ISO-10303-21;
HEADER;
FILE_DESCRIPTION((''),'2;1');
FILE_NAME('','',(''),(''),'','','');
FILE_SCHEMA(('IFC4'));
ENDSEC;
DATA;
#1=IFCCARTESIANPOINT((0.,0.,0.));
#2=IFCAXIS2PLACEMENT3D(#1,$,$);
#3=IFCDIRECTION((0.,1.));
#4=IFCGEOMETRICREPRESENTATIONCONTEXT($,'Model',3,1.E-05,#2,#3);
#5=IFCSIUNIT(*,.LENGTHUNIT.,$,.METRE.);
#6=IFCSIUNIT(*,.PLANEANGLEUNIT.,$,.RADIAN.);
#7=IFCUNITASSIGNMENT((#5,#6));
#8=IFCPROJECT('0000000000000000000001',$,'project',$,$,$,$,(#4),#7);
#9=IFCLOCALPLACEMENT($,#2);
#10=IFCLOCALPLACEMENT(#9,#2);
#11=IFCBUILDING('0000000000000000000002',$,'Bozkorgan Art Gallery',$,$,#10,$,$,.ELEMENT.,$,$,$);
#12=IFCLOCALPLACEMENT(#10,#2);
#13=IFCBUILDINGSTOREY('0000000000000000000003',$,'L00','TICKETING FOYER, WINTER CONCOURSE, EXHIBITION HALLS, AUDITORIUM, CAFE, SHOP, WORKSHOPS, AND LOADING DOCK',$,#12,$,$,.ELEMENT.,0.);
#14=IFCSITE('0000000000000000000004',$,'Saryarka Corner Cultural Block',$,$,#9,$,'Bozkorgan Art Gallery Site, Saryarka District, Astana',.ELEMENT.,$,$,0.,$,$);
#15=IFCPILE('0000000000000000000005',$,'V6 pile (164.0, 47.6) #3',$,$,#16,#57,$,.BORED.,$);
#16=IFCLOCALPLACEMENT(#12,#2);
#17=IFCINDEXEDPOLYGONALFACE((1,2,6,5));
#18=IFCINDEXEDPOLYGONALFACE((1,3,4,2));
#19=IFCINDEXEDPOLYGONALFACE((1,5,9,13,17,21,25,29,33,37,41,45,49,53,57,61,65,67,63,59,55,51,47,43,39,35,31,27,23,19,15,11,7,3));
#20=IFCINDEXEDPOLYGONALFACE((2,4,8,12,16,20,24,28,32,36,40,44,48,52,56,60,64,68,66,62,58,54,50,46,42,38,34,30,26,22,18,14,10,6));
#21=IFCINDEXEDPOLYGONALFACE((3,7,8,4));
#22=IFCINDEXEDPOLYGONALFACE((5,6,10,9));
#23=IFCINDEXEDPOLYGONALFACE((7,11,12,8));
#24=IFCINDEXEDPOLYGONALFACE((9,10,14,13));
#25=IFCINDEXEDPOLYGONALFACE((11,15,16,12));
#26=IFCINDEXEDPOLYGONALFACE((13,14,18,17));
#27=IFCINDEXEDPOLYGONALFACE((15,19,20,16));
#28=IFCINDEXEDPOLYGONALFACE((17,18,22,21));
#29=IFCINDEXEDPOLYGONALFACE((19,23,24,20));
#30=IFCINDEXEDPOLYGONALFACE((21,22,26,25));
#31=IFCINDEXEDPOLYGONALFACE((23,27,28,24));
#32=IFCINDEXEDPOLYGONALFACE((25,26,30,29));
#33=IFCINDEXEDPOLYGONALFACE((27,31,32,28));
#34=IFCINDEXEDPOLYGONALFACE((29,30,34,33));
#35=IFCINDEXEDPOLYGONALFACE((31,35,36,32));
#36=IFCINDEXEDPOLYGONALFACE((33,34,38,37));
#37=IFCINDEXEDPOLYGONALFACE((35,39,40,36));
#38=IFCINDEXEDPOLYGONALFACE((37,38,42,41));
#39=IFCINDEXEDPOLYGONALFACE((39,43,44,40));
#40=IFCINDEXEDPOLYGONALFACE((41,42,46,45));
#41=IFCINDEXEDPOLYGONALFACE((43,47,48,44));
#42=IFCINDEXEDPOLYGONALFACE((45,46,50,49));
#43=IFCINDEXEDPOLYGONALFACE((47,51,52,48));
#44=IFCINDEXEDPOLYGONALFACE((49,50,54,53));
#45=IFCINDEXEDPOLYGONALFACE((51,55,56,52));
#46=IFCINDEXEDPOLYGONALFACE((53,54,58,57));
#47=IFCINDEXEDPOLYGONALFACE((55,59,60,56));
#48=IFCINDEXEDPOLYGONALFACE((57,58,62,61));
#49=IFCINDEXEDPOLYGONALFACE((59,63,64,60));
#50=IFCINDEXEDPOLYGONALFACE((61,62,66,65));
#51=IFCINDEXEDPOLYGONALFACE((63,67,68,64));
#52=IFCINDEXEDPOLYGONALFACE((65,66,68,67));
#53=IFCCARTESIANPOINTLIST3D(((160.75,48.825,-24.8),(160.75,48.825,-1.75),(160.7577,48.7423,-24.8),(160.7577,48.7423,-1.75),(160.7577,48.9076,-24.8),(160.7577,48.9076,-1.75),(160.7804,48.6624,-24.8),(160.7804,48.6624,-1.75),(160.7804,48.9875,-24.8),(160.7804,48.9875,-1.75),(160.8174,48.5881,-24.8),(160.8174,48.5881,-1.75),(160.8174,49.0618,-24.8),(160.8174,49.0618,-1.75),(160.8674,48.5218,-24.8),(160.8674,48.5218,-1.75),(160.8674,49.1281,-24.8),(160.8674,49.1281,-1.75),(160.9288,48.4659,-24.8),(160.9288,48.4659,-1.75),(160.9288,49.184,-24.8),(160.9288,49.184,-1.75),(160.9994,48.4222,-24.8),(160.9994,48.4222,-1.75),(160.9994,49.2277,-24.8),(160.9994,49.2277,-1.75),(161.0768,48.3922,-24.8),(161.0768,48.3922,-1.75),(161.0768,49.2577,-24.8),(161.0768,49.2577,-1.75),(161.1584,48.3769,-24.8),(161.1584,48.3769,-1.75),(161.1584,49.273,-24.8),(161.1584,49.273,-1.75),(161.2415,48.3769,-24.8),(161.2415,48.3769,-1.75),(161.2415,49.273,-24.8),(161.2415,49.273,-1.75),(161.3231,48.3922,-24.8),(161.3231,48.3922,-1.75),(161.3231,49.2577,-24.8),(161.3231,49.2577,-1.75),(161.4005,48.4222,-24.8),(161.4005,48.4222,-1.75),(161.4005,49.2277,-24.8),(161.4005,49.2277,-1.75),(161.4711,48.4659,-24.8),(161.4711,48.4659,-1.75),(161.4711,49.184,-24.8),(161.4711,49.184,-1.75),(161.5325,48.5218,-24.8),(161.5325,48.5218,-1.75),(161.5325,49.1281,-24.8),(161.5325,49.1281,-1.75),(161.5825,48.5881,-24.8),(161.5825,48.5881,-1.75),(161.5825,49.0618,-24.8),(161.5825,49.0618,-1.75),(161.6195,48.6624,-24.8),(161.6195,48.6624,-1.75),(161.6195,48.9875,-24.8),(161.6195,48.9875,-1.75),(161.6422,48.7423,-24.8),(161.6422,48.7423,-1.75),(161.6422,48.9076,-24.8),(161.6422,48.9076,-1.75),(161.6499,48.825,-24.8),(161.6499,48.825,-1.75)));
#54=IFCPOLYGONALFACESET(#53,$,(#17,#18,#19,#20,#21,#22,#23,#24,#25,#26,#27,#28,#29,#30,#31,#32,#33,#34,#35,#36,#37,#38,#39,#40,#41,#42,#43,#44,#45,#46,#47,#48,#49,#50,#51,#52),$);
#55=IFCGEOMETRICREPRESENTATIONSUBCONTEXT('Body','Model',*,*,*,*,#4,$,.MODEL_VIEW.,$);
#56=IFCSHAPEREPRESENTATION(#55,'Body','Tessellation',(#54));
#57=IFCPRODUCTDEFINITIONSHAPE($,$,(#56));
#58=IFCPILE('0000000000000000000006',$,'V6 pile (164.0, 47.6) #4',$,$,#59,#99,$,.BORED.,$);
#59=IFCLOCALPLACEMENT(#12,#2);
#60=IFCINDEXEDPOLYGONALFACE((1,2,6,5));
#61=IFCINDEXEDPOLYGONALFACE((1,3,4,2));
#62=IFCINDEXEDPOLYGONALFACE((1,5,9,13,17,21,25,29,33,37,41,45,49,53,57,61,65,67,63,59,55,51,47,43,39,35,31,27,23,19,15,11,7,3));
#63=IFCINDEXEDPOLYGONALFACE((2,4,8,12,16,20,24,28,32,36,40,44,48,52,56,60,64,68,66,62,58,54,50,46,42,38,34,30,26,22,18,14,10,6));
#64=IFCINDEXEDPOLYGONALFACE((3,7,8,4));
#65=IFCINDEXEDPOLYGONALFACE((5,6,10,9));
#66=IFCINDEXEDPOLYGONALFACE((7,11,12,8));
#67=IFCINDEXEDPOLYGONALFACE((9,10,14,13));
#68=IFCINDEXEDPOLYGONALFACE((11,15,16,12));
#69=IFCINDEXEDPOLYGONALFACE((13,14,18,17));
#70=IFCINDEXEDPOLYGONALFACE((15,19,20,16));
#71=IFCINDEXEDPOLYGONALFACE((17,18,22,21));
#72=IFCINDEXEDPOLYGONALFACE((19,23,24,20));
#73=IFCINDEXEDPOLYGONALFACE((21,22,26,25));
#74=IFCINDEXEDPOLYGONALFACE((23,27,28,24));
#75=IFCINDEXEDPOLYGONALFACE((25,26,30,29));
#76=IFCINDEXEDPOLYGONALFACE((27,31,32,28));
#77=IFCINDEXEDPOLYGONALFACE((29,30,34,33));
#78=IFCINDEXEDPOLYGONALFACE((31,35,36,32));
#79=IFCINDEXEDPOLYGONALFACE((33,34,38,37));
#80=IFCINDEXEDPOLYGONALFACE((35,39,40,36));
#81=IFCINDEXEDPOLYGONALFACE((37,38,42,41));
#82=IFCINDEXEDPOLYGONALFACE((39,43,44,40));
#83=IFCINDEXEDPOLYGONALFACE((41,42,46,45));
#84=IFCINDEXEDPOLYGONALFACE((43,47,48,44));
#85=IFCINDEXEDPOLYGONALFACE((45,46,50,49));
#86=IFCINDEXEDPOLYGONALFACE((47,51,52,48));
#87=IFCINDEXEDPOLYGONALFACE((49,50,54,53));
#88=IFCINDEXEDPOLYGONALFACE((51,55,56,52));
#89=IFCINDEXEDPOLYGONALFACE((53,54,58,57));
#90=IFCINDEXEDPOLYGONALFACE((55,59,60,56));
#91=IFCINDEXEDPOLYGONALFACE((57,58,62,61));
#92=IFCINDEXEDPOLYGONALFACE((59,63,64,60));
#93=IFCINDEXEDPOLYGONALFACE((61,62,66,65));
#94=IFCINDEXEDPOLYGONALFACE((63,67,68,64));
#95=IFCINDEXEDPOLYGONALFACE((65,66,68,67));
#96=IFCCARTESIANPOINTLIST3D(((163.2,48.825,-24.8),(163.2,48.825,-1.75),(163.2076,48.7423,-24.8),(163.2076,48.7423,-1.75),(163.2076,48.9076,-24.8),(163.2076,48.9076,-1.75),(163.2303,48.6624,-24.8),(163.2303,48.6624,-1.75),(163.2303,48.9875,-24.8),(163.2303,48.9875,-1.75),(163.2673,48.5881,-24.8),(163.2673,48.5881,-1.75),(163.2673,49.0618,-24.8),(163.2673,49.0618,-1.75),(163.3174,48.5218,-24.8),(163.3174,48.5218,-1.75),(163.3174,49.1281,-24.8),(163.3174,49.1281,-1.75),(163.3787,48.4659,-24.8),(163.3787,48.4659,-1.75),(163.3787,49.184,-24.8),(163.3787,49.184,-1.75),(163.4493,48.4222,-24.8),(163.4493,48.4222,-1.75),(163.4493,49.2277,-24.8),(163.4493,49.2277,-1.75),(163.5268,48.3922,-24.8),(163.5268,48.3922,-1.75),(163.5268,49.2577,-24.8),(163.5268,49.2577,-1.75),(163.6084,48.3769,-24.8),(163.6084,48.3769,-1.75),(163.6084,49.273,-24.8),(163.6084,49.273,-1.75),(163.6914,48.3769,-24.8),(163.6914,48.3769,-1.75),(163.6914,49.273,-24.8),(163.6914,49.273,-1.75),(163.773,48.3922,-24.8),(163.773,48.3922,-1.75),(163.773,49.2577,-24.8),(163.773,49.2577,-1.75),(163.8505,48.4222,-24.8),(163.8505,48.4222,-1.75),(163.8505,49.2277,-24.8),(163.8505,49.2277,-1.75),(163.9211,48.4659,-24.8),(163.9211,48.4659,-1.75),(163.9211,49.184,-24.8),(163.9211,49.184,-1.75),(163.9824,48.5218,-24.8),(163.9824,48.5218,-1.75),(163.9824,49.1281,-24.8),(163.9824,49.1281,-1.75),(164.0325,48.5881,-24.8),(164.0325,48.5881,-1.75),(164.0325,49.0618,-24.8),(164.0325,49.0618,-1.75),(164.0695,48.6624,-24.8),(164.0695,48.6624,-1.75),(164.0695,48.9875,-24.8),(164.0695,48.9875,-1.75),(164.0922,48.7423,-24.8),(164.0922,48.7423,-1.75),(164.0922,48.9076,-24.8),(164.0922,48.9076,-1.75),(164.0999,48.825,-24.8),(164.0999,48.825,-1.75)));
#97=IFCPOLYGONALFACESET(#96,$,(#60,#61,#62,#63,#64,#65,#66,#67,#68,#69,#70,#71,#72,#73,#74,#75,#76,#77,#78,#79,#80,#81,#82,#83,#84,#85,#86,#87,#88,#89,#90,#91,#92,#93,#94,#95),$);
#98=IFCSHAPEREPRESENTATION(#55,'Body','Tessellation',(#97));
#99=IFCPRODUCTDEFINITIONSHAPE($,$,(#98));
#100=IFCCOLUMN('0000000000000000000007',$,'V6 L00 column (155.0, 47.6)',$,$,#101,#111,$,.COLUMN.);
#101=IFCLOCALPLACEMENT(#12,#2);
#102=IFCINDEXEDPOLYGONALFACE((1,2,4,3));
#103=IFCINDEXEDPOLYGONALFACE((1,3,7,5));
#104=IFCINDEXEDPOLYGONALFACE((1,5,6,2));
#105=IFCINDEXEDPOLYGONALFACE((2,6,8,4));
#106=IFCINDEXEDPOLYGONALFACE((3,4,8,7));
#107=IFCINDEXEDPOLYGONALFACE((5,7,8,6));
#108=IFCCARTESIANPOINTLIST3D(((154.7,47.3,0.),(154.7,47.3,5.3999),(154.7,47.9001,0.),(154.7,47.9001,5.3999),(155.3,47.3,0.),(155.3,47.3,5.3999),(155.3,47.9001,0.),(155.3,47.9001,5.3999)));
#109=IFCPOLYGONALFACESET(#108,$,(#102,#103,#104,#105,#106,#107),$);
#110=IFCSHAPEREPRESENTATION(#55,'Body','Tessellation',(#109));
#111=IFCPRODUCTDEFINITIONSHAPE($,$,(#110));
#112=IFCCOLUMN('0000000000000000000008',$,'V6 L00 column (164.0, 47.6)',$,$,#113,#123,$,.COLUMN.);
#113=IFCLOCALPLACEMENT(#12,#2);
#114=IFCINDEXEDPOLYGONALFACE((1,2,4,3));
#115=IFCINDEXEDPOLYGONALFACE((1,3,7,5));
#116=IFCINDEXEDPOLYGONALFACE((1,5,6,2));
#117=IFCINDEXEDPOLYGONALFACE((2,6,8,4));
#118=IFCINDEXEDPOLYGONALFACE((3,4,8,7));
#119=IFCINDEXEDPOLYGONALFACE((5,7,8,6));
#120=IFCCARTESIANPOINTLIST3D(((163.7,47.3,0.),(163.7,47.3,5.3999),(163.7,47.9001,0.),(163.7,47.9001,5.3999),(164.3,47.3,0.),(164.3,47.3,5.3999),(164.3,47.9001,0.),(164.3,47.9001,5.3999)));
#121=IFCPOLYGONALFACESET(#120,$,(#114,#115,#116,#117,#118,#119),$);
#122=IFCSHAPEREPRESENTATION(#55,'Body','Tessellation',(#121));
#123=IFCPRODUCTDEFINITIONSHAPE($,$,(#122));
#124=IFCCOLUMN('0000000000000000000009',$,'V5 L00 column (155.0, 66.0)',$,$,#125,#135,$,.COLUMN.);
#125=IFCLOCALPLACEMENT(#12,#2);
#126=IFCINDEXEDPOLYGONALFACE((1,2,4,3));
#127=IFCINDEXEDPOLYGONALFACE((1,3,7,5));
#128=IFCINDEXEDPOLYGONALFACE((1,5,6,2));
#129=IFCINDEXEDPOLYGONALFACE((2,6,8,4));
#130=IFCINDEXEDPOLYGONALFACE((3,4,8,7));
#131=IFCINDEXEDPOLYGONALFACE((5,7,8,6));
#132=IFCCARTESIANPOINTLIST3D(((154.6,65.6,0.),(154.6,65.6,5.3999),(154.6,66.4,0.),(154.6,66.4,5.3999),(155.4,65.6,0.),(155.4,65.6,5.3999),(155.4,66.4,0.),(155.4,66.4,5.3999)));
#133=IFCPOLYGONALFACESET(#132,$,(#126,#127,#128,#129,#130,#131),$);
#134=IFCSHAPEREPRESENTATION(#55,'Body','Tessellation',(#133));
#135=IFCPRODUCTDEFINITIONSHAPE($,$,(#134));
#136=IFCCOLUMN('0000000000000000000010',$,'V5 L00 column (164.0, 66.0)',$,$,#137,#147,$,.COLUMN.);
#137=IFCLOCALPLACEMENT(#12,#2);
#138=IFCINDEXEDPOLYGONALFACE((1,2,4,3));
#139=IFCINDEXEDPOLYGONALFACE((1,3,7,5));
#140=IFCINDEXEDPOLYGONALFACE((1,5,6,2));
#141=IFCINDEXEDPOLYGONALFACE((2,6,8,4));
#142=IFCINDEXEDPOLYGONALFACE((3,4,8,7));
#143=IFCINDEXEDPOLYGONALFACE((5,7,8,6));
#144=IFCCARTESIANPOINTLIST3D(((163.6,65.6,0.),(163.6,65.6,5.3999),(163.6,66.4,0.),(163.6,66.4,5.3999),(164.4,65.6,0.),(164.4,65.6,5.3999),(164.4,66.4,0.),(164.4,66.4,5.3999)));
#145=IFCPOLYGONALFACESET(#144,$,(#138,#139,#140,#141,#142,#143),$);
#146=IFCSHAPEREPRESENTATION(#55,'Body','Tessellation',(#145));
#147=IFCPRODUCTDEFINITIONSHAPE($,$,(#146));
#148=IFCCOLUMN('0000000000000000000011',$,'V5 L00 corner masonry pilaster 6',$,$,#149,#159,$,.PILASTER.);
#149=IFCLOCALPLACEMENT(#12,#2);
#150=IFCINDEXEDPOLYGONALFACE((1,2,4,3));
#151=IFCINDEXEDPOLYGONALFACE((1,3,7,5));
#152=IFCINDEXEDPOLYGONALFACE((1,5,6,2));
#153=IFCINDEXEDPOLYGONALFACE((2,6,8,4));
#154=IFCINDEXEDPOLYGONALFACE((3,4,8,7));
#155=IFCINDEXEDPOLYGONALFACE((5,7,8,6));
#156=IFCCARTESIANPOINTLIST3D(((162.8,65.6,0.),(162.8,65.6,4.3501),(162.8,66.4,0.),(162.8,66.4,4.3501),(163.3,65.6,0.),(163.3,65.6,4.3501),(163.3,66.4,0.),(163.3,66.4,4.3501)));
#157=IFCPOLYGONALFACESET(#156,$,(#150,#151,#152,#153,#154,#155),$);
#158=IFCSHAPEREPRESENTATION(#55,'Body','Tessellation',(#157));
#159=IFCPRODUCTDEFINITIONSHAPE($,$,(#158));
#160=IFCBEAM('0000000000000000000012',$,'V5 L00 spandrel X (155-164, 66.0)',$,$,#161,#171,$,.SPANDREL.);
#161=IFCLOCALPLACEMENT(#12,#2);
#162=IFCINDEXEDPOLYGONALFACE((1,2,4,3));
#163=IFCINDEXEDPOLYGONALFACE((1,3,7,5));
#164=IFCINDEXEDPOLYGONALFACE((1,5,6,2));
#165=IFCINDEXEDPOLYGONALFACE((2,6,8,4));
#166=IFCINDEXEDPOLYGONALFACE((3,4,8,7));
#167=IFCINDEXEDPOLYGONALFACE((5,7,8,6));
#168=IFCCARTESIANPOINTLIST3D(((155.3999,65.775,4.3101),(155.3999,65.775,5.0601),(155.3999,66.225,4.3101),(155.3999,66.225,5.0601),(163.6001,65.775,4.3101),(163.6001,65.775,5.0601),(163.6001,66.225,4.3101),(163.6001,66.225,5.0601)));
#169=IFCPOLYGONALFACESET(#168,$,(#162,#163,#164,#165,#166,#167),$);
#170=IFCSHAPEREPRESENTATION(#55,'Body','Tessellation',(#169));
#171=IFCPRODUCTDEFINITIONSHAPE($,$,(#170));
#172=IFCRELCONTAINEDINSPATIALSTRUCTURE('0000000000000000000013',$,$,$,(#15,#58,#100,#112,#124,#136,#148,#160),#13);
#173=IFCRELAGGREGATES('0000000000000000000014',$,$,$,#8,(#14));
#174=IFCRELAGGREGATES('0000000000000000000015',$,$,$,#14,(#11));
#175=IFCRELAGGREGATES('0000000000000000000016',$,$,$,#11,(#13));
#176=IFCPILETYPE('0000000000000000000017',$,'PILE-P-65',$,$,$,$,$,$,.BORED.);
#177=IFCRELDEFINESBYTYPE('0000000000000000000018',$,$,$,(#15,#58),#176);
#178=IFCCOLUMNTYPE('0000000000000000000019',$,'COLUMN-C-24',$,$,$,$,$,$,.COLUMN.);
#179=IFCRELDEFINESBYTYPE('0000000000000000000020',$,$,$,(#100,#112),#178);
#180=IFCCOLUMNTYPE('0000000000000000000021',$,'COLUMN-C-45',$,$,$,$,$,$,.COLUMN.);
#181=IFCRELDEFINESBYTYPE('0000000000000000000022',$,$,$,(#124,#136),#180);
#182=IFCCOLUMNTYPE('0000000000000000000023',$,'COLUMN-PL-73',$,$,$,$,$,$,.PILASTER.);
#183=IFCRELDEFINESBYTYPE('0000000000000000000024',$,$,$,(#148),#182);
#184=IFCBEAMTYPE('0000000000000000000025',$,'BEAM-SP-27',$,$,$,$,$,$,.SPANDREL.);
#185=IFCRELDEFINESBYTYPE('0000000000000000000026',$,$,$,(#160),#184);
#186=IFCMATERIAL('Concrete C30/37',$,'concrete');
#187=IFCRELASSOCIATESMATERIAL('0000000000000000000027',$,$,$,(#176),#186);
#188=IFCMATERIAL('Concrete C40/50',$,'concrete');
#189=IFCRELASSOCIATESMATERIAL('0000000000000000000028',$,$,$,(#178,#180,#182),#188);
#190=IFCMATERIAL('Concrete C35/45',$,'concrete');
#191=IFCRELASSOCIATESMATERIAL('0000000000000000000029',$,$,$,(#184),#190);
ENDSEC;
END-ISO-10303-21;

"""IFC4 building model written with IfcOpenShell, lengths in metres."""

from ifc_helpers import new_model, si_unit, direction, frame, origin, origin_2d, place, context, subcontext, project, spatial, rectangle, circle, extrude, material, material_profile, profile_set, type_object, element, save


model = new_model("IFC4")

# Units and contexts
model_context = context("Model", 3, precision=1e-05, world=origin(), true_north=direction((0.0, 1.0)))
body_context = subcontext(model_context, "Body", "Model", "MODEL_VIEW")
ifc_project = project(units=[si_unit("LENGTHUNIT", "METRE"), si_unit("PLANEANGLEUNIT", "RADIAN")], contexts=[model_context])

# Site, building, storey
site_placement = place(None, origin())
site = spatial("IfcSite", under=ifc_project, at=site_placement, Name="Saryarka Corner Cultural Block", LongName="Bozkorgan Art Gallery Site, Saryarka District, Astana", CompositionType="ELEMENT", RefElevation=0.0)
building_placement = place(site_placement, origin())
building = spatial("IfcBuilding", under=site, at=building_placement, Name="Bozkorgan Art Gallery", CompositionType="ELEMENT")
storey_placement = place(building_placement, origin())
storey = spatial("IfcBuildingStorey", under=building, at=storey_placement, Name="L00", Description="TICKETING FOYER, WINTER CONCOURSE, EXHIBITION HALLS, AUDITORIUM, CAFE, SHOP, WORKSHOPS, AND LOADING DOCK", CompositionType="ELEMENT", Elevation=0.0)

# Shared definitions
ifc_material_1 = material(Name="Concrete C30/37", Category="concrete")

# Piles
ifc_material_profile_1 = material_profile(ifc_material_1, circle(Radius=0.45, at=origin_2d()), Name="PILE D900")
ifc_profile_set_1 = profile_set([ifc_material_profile_1], Name="Concrete C30/37")
pile_type = type_object("IfcPileType", Name="PILE-P-65", PredefinedType="BORED", material=ifc_profile_set_1)
for number, where, z_axis, x_axis, name in (
    (1, (161.2, 48.825, -1.75), (0.0, 0.0, -1.0), (1.0, 0.0, 0.0), "V6 pile (164.0, 47.6) #3"),
    (2, (163.6499, 48.825, -1.75), (0.0, 0.0, -1.0), (1.0, 0.0, 0.0), "V6 pile (164.0, 47.6) #4"),
):
    element("IfcPile", number, at=place(storey_placement, frame(where, z_axis=z_axis, x_axis=x_axis)), inside=storey, type_object=pile_type, Name=name, PredefinedType="BORED", context=body_context, shape_type="SweptSolid", body=[
        extrude(circle(Radius=0.45, at=origin_2d()), origin(), (0.0, 0.0, 1.0), 23.05),
    ])

# Columns
ifc_material_2 = material(Name="Concrete C40/50", Category="concrete")
ifc_material_profile_2 = material_profile(ifc_material_2, rectangle(XDim=0.6001, YDim=0.6001, at=origin_2d()), Name="RC 600x600")
ifc_profile_set_2 = profile_set([ifc_material_profile_2], Name="Concrete C40/50")
column_type_1 = type_object("IfcColumnType", Name="COLUMN-C-24", PredefinedType="COLUMN", material=ifc_profile_set_2)
for number, where, z_axis, x_axis, name in (
    (3, (155.0, 47.6001, 0.0), (0.0, 0.0, 1.0), (1.0, 0.0, 0.0), "V6 L00 column (155.0, 47.6)"),
    (4, (164.0, 47.6001, 0.0), (0.0, 0.0, 1.0), (1.0, 0.0, 0.0), "V6 L00 column (164.0, 47.6)"),
):
    element("IfcColumn", number, at=place(storey_placement, frame(where, z_axis=z_axis, x_axis=x_axis)), inside=storey, type_object=column_type_1, Name=name, PredefinedType="COLUMN", context=body_context, shape_type="SweptSolid", body=[
        extrude(rectangle(XDim=0.6001, YDim=0.6001, at=origin_2d()), origin(), (0.0, 0.0, 1.0), 5.3999),
    ])
ifc_material_profile_3 = material_profile(ifc_material_2, rectangle(XDim=0.8, YDim=0.8, at=origin_2d()), Name="RC 800x800")
ifc_profile_set_3 = profile_set([ifc_material_profile_3], Name="Concrete C40/50")
column_type_2 = type_object("IfcColumnType", Name="COLUMN-C-45", PredefinedType="COLUMN", material=ifc_profile_set_3)
for number, where, z_axis, x_axis, name in (
    (5, (155.0, 66.0, 0.0), (0.0, 0.0, 1.0), (1.0, 0.0, 0.0), "V5 L00 column (155.0, 66.0)"),
    (6, (164.0, 66.0, 0.0), (0.0, 0.0, 1.0), (1.0, 0.0, 0.0), "V5 L00 column (164.0, 66.0)"),
):
    element("IfcColumn", number, at=place(storey_placement, frame(where, z_axis=z_axis, x_axis=x_axis)), inside=storey, type_object=column_type_2, Name=name, PredefinedType="COLUMN", context=body_context, shape_type="SweptSolid", body=[
        extrude(rectangle(XDim=0.8, YDim=0.8, at=origin_2d()), origin(), (0.0, 0.0, 1.0), 5.3999),
    ])
ifc_material_profile_4 = material_profile(ifc_material_2, rectangle(XDim=0.5, YDim=0.8, at=origin_2d()), Name="RC 500x800")
ifc_profile_set_4 = profile_set([ifc_material_profile_4], Name="Concrete C40/50")
column_type_3 = type_object("IfcColumnType", Name="COLUMN-PL-73", PredefinedType="PILASTER", material=ifc_profile_set_4)
column_placement = place(storey_placement, frame((163.05, 66.0, 0.0), z_axis=(0.0, 0.0, 1.0), x_axis=(1.0, 0.0, 0.0)))
element("IfcColumn", 7, at=column_placement, inside=storey, type_object=column_type_3, Name="V5 L00 corner masonry pilaster 6", PredefinedType="PILASTER", context=body_context, shape_type="SweptSolid", body=[
    extrude(rectangle(XDim=0.5, YDim=0.8, at=origin_2d()), origin(), (0.0, 0.0, 1.0), 4.3501),
])

# Beam
ifc_material_3 = material(Name="Concrete C35/45", Category="concrete")
ifc_material_profile_5 = material_profile(ifc_material_3, rectangle(XDim=0.45, YDim=0.75, at=origin_2d()), Name="RC 450x750")
ifc_profile_set_5 = profile_set([ifc_material_profile_5], Name="Concrete C35/45")
beam_type_1 = type_object("IfcBeamType", Name="BEAM-SP-27", PredefinedType="SPANDREL", material=ifc_profile_set_5)
beam_1_placement = place(storey_placement, frame((155.3999, 66.0, 4.6851), z_axis=(1.0, 0.0, 0.0), x_axis=(0.0, 1.0, 0.0)))
element("IfcBeam", 8, at=beam_1_placement, inside=storey, type_object=beam_type_1, Name="V5 L00 spandrel X (155-164, 66.0)", PredefinedType="SPANDREL", context=body_context, shape_type="SweptSolid", body=[
    extrude(rectangle(XDim=0.45, YDim=0.75, at=origin_2d()), origin(), (0.0, 0.0, 1.0), 8.2002),
])

save(model, "model.ifc")
